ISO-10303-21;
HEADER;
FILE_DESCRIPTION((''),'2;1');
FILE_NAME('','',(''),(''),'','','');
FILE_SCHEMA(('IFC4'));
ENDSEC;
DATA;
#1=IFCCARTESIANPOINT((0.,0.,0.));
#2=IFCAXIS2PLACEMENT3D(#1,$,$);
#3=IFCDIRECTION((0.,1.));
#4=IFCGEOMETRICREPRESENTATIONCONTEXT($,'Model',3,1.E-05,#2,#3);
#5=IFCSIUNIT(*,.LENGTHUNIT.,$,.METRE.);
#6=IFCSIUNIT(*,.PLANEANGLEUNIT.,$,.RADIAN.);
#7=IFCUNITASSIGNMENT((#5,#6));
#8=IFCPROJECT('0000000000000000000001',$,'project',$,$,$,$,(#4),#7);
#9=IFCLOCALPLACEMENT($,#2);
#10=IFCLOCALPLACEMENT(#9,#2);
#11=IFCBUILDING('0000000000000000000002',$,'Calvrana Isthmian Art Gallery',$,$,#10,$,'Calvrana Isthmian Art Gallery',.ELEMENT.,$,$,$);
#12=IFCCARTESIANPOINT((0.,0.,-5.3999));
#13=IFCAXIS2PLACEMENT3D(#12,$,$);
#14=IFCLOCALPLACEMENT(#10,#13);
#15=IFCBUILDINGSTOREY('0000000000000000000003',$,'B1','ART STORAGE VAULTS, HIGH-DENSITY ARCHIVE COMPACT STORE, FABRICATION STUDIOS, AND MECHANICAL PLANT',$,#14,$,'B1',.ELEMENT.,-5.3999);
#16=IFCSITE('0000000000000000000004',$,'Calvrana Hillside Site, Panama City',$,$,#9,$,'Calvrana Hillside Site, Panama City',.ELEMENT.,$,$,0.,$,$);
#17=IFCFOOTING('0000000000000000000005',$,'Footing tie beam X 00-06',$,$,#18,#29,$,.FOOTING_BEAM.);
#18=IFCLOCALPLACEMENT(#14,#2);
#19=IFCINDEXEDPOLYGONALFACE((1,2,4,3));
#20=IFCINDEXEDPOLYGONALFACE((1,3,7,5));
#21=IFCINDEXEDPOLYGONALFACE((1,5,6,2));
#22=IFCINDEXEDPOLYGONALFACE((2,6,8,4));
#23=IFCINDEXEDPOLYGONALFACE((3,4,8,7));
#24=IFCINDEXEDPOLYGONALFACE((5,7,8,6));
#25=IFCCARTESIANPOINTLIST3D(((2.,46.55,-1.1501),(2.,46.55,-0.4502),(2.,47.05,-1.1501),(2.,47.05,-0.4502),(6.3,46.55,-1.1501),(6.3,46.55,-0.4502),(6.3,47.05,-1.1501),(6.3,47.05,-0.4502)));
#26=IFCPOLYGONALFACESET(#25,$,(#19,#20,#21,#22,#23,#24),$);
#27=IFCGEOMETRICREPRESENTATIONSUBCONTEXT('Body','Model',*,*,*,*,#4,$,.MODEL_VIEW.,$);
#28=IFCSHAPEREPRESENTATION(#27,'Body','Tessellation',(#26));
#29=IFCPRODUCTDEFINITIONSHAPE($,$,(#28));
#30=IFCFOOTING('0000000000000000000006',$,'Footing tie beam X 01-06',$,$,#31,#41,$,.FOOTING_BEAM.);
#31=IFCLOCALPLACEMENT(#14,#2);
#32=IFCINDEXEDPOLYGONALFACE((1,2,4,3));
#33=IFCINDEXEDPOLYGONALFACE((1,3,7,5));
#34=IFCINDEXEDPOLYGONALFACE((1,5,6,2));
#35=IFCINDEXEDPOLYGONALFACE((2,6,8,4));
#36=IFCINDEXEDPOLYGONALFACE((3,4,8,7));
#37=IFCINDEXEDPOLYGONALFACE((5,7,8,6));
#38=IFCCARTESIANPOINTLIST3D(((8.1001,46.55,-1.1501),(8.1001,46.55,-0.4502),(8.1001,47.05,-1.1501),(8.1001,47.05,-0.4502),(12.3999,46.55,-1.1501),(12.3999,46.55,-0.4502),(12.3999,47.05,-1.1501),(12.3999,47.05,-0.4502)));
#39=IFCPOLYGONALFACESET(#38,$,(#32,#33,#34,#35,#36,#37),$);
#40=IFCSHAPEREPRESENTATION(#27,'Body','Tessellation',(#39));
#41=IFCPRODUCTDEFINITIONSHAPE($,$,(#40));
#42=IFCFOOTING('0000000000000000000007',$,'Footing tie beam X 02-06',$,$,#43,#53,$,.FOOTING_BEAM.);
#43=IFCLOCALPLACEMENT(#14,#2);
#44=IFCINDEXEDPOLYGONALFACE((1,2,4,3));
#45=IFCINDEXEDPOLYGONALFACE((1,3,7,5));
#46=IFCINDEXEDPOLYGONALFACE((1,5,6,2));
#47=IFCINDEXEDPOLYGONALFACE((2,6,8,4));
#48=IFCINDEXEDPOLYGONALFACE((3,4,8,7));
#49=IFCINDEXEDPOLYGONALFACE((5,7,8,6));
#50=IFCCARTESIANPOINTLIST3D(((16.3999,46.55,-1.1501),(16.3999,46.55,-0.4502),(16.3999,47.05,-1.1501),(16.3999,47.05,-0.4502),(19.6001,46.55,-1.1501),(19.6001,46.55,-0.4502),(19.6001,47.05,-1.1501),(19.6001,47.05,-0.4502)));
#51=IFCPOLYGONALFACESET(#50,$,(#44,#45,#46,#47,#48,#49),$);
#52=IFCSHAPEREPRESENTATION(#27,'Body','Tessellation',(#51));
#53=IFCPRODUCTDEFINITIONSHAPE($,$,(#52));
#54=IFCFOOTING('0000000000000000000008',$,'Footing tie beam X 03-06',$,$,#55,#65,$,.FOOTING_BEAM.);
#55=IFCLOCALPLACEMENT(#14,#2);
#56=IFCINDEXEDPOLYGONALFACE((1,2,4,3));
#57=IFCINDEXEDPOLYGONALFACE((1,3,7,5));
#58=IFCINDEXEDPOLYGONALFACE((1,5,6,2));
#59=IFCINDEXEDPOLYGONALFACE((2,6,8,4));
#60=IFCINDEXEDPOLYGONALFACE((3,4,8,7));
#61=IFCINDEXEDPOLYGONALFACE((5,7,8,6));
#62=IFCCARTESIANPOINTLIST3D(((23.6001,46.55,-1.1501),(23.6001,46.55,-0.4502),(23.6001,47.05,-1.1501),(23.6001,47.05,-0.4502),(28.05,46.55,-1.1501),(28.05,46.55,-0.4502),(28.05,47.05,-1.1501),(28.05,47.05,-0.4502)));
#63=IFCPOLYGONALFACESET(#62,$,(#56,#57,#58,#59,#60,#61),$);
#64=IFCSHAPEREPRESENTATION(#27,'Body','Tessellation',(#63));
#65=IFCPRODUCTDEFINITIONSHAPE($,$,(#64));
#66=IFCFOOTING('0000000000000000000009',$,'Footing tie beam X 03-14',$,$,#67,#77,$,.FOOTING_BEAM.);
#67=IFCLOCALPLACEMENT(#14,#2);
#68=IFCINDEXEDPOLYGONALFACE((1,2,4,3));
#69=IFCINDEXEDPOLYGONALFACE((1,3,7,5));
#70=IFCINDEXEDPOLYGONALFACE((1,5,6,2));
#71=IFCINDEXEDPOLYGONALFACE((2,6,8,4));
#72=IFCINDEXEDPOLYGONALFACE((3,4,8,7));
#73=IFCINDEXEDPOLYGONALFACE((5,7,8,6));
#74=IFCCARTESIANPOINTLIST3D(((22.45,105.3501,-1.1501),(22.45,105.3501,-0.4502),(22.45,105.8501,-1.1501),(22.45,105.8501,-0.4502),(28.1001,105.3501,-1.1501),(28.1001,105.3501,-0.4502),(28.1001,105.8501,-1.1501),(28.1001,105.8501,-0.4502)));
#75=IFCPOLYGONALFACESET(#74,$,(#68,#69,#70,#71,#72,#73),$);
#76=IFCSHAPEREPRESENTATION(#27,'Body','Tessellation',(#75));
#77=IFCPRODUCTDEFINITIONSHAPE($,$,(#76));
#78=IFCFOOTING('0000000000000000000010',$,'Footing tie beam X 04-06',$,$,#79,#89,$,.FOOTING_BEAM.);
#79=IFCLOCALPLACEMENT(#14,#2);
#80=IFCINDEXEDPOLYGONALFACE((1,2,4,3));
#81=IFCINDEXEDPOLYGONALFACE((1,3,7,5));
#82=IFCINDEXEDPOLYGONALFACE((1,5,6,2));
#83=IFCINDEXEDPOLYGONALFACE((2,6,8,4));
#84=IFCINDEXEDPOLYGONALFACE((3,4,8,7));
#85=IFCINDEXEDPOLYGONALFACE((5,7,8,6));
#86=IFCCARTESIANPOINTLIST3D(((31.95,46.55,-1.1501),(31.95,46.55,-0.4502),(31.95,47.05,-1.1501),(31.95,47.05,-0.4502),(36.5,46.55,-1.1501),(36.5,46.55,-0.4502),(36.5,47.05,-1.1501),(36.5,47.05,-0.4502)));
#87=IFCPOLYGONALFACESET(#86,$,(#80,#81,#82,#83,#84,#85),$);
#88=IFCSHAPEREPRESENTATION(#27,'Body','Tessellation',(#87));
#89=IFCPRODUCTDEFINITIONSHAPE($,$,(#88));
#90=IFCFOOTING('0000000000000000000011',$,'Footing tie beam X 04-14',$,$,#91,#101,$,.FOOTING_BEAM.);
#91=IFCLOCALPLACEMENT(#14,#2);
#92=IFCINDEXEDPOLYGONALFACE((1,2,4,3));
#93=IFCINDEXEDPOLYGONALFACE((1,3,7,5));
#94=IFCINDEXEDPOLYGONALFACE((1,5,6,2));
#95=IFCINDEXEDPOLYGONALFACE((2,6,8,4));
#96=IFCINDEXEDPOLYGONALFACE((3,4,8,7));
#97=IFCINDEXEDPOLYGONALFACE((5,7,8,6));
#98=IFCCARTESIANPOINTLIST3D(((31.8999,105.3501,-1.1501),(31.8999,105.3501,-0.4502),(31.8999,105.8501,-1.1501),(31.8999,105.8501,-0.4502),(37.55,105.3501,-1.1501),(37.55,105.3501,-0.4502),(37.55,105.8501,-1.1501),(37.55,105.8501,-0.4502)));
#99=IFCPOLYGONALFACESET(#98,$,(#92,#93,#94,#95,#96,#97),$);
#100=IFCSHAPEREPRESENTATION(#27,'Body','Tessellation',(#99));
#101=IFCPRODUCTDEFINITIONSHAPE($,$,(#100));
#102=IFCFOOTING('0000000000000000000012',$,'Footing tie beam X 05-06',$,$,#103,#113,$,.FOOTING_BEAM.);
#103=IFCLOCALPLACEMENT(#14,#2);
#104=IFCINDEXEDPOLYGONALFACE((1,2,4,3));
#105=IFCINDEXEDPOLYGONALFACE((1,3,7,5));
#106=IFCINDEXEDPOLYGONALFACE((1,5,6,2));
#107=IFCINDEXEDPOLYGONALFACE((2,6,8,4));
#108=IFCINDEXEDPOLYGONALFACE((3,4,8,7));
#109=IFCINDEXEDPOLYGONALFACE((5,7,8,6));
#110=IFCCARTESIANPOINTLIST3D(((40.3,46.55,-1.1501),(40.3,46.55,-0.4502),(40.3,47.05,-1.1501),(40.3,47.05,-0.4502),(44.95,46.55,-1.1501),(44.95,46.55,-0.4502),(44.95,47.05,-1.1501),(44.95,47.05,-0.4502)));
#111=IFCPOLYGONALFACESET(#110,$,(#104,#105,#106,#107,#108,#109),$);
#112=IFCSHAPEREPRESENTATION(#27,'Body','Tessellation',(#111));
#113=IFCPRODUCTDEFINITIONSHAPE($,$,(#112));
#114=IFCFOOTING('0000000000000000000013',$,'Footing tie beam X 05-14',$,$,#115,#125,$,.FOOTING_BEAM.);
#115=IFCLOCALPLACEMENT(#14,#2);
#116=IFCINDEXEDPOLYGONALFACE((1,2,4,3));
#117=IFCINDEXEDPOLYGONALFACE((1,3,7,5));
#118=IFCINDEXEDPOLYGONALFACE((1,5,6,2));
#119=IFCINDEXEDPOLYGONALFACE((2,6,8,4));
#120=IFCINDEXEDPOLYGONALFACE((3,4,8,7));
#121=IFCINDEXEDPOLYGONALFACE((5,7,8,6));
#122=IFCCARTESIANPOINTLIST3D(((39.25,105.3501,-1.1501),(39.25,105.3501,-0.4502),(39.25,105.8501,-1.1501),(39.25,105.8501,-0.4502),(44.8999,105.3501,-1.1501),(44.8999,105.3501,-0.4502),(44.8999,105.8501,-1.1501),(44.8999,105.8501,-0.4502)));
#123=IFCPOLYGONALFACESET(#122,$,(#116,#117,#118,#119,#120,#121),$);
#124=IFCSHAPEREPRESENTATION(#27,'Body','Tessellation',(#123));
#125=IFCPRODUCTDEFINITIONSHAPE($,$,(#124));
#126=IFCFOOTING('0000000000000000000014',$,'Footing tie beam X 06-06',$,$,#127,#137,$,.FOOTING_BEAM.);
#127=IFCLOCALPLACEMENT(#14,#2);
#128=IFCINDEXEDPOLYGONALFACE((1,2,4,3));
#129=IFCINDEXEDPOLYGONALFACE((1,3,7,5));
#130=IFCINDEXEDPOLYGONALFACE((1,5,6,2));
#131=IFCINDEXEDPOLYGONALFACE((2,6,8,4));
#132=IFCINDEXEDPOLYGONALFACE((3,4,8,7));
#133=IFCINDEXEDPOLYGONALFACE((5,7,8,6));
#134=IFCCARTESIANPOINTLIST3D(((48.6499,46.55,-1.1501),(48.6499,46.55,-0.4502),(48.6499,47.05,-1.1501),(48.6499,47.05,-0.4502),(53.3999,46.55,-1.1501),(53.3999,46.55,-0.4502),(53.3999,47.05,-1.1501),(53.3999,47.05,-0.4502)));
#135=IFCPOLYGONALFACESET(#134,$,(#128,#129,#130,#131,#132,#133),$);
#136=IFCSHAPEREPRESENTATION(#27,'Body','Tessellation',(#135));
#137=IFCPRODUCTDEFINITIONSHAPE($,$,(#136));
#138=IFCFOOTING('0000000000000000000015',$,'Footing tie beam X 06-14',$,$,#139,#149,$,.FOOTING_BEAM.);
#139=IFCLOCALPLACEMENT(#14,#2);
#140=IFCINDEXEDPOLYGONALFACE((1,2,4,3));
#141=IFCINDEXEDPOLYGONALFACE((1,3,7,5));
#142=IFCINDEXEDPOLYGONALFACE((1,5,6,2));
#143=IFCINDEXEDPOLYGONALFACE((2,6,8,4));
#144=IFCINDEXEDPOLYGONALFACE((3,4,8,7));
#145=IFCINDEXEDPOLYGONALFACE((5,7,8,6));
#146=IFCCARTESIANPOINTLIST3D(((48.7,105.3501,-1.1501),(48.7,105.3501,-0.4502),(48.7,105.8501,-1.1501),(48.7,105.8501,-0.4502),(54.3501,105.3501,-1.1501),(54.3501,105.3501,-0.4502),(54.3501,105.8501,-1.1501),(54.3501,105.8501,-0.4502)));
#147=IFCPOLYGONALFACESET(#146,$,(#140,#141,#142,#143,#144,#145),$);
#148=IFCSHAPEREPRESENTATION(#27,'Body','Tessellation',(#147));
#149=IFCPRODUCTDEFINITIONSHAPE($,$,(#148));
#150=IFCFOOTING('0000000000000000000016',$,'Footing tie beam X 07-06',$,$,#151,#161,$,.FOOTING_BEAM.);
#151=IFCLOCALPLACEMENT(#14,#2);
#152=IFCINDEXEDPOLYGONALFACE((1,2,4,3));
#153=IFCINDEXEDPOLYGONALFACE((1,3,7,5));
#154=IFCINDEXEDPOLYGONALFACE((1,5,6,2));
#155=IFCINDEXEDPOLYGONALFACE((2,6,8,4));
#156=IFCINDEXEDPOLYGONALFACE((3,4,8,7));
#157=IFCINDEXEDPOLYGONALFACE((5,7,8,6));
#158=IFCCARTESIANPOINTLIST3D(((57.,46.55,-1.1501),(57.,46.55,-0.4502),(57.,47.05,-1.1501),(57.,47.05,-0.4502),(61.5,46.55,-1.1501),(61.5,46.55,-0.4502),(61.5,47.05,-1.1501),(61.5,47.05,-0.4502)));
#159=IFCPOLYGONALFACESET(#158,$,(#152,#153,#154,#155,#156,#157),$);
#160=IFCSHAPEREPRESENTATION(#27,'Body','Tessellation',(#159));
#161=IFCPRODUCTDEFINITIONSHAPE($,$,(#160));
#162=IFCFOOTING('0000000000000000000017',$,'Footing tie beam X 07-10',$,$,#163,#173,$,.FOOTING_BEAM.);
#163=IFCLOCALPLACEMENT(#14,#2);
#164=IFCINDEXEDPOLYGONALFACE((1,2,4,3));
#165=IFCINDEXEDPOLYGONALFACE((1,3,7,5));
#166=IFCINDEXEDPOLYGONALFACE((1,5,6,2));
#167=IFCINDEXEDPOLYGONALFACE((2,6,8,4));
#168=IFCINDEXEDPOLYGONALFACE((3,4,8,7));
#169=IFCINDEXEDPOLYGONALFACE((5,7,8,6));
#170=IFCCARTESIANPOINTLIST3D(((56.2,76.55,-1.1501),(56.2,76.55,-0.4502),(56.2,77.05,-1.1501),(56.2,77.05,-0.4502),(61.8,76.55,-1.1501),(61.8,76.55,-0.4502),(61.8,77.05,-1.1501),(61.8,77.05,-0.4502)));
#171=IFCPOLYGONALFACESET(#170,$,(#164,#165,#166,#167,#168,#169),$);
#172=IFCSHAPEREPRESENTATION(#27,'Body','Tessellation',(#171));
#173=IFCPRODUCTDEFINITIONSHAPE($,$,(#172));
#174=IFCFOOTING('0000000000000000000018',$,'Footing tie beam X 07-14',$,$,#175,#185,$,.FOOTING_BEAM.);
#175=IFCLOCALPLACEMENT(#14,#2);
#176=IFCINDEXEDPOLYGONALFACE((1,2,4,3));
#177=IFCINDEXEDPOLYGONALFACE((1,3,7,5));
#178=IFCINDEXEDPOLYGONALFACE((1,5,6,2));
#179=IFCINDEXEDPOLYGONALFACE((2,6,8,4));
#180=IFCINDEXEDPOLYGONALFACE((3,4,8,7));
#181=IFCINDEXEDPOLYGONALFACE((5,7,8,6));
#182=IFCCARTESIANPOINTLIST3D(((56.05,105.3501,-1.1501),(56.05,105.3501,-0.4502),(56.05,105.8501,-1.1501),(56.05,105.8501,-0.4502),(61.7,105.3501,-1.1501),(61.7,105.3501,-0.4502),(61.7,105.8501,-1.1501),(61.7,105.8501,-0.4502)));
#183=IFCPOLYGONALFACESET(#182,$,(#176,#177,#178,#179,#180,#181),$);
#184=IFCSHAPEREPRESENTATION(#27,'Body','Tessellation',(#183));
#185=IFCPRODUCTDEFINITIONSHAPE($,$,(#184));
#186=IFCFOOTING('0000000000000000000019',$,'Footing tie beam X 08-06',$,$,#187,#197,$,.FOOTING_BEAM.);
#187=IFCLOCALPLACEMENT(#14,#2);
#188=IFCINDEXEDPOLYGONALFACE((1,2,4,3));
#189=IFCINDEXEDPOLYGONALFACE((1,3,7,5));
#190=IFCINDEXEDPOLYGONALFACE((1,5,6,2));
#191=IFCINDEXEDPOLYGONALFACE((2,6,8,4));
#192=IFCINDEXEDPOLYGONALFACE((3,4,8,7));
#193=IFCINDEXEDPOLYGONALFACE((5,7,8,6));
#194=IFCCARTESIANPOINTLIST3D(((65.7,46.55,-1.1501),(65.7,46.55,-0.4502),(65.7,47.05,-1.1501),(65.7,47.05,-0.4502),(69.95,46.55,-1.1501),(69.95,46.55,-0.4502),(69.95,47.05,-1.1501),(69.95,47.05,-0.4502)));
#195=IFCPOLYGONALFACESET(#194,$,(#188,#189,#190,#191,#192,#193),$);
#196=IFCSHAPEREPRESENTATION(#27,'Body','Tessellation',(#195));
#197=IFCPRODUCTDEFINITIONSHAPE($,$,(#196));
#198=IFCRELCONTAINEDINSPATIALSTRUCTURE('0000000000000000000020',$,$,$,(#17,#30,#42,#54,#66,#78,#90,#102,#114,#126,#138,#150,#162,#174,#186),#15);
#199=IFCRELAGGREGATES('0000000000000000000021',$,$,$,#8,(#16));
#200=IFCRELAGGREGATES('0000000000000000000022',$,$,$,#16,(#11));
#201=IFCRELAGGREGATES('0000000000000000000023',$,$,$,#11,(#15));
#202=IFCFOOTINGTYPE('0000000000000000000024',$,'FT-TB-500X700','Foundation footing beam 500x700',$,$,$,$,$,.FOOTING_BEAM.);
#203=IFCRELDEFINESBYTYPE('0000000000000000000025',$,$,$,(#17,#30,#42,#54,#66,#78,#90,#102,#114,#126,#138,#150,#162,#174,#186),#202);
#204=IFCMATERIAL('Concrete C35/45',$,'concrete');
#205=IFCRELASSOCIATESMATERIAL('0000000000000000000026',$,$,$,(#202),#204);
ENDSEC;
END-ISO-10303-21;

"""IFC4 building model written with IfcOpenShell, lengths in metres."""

from ifc_helpers import new_model, si_unit, direction, frame, origin, place, context, subcontext, project, spatial, polyline, outline, extrude, material, type_object, element, save


model = new_model("IFC4")

# Units and contexts
model_context = context("Model", 3, precision=1e-05, world=origin(), true_north=direction((0.0, 1.0)))
body_context = subcontext(model_context, "Body", "Model", "MODEL_VIEW")
ifc_project = project(units=[si_unit("LENGTHUNIT", "METRE"), si_unit("PLANEANGLEUNIT", "RADIAN")], contexts=[model_context])

# Site, building, storey
site_placement = place(None, origin())
site = spatial("IfcSite", under=ifc_project, at=site_placement, Name="Calvrana Hillside Site, Panama City", LongName="Calvrana Hillside Site, Panama City", CompositionType="ELEMENT", RefElevation=0.0)
building_placement = place(site_placement, origin())
building = spatial("IfcBuilding", under=site, at=building_placement, Name="Calvrana Isthmian Art Gallery", LongName="Calvrana Isthmian Art Gallery", CompositionType="ELEMENT")
storey_placement = place(building_placement, frame((0.0, 0.0, -5.3999)))
storey = spatial("IfcBuildingStorey", under=building, at=storey_placement, Name="B1", Description="ART STORAGE VAULTS, HIGH-DENSITY ARCHIVE COMPACT STORE, FABRICATION STUDIOS, AND MECHANICAL PLANT", LongName="B1", CompositionType="ELEMENT", Elevation=-5.3999)

# Footings
ifc_material = material(Name="Concrete C35/45", Category="concrete")
footing_type_1 = type_object("IfcFootingType", Name="FT-TB-500X700", Description="Foundation footing beam 500x700", PredefinedType="FOOTING_BEAM", material=ifc_material)
footing_1_placement = place(storey_placement, frame((0.0, 0.0, -1.1501)))
element("IfcFooting", 1, at=footing_1_placement, inside=storey, type_object=footing_type_1, Name="Footing tie beam X 00-06", PredefinedType="FOOTING_BEAM", context=body_context, shape_type="SweptSolid", body=[
    extrude(outline(polyline([(2.0, 46.55), (6.3, 46.55), (6.3, 47.05), (2.0, 47.05), (2.0, 46.55)])), origin(), (0.0, 0.0, 1.0), 0.7),
])
footing_2_placement = place(storey_placement, frame((0.0, 0.0, -1.1501)))
element("IfcFooting", 2, at=footing_2_placement, inside=storey, type_object=footing_type_1, Name="Footing tie beam X 01-06", PredefinedType="FOOTING_BEAM", context=body_context, shape_type="SweptSolid", body=[
    extrude(outline(polyline([(8.1001, 46.55), (12.3999, 46.55), (12.3999, 47.05), (8.1001, 47.05), (8.1001, 46.55)])), origin(), (0.0, 0.0, 1.0), 0.7),
])
footing_3_placement = place(storey_placement, frame((0.0, 0.0, -1.1501)))
element("IfcFooting", 3, at=footing_3_placement, inside=storey, type_object=footing_type_1, Name="Footing tie beam X 02-06", PredefinedType="FOOTING_BEAM", context=body_context, shape_type="SweptSolid", body=[
    extrude(outline(polyline([(16.3999, 46.55), (19.6001, 46.55), (19.6001, 47.05), (16.3999, 47.05), (16.3999, 46.55)])), origin(), (0.0, 0.0, 1.0), 0.7),
])
footing_4_placement = place(storey_placement, frame((0.0, 0.0, -1.1501)))
element("IfcFooting", 4, at=footing_4_placement, inside=storey, type_object=footing_type_1, Name="Footing tie beam X 03-06", PredefinedType="FOOTING_BEAM", context=body_context, shape_type="SweptSolid", body=[
    extrude(outline(polyline([(23.6001, 46.55), (28.05, 46.55), (28.05, 47.05), (23.6001, 47.05), (23.6001, 46.55)])), origin(), (0.0, 0.0, 1.0), 0.7),
])
footing_5_placement = place(storey_placement, frame((0.0, 0.0, -1.1501)))
element("IfcFooting", 5, at=footing_5_placement, inside=storey, type_object=footing_type_1, Name="Footing tie beam X 03-14", PredefinedType="FOOTING_BEAM", context=body_context, shape_type="SweptSolid", body=[
    extrude(outline(polyline([(22.45, 105.3501), (28.1001, 105.3501), (28.1001, 105.8501), (22.45, 105.8501), (22.45, 105.3501)])), origin(), (0.0, 0.0, 1.0), 0.7),
])
footing_6_placement = place(storey_placement, frame((0.0, 0.0, -1.1501)))
element("IfcFooting", 6, at=footing_6_placement, inside=storey, type_object=footing_type_1, Name="Footing tie beam X 04-06", PredefinedType="FOOTING_BEAM", context=body_context, shape_type="SweptSolid", body=[
    extrude(outline(polyline([(31.95, 46.55), (36.5, 46.55), (36.5, 47.05), (31.95, 47.05), (31.95, 46.55)])), origin(), (0.0, 0.0, 1.0), 0.7),
])
footing_7_placement = place(storey_placement, frame((0.0, 0.0, -1.1501)))
element("IfcFooting", 7, at=footing_7_placement, inside=storey, type_object=footing_type_1, Name="Footing tie beam X 04-14", PredefinedType="FOOTING_BEAM", context=body_context, shape_type="SweptSolid", body=[
    extrude(outline(polyline([(31.8999, 105.3501), (37.55, 105.3501), (37.55, 105.8501), (31.8999, 105.8501), (31.8999, 105.3501)])), origin(), (0.0, 0.0, 1.0), 0.7),
])
footing_8_placement = place(storey_placement, frame((0.0, 0.0, -1.1501)))
element("IfcFooting", 8, at=footing_8_placement, inside=storey, type_object=footing_type_1, Name="Footing tie beam X 05-06", PredefinedType="FOOTING_BEAM", context=body_context, shape_type="SweptSolid", body=[
    extrude(outline(polyline([(40.3, 46.55), (44.95, 46.55), (44.95, 47.05), (40.3, 47.05), (40.3, 46.55)])), origin(), (0.0, 0.0, 1.0), 0.7),
])
footing_9_placement = place(storey_placement, frame((0.0, 0.0, -1.1501)))
element("IfcFooting", 9, at=footing_9_placement, inside=storey, type_object=footing_type_1, Name="Footing tie beam X 05-14", PredefinedType="FOOTING_BEAM", context=body_context, shape_type="SweptSolid", body=[
    extrude(outline(polyline([(39.25, 105.3501), (44.8999, 105.3501), (44.8999, 105.8501), (39.25, 105.8501), (39.25, 105.3501)])), origin(), (0.0, 0.0, 1.0), 0.7),
])
footing_10_placement = place(storey_placement, frame((0.0, 0.0, -1.1501)))
element("IfcFooting", 10, at=footing_10_placement, inside=storey, type_object=footing_type_1, Name="Footing tie beam X 06-06", PredefinedType="FOOTING_BEAM", context=body_context, shape_type="SweptSolid", body=[
    extrude(outline(polyline([(48.6499, 46.55), (53.3999, 46.55), (53.3999, 47.05), (48.6499, 47.05), (48.6499, 46.55)])), origin(), (0.0, 0.0, 1.0), 0.7),
])
footing_11_placement = place(storey_placement, frame((0.0, 0.0, -1.1501)))
element("IfcFooting", 11, at=footing_11_placement, inside=storey, type_object=footing_type_1, Name="Footing tie beam X 06-14", PredefinedType="FOOTING_BEAM", context=body_context, shape_type="SweptSolid", body=[
    extrude(outline(polyline([(48.7, 105.3501), (54.3501, 105.3501), (54.3501, 105.8501), (48.7, 105.8501), (48.7, 105.3501)])), origin(), (0.0, 0.0, 1.0), 0.7),
])
footing_12_placement = place(storey_placement, frame((0.0, 0.0, -1.1501)))
element("IfcFooting", 12, at=footing_12_placement, inside=storey, type_object=footing_type_1, Name="Footing tie beam X 07-06", PredefinedType="FOOTING_BEAM", context=body_context, shape_type="SweptSolid", body=[
    extrude(outline(polyline([(57.0, 46.55), (61.5, 46.55), (61.5, 47.05), (57.0, 47.05), (57.0, 46.55)])), origin(), (0.0, 0.0, 1.0), 0.7),
])
footing_13_placement = place(storey_placement, frame((0.0, 0.0, -1.1501)))
element("IfcFooting", 13, at=footing_13_placement, inside=storey, type_object=footing_type_1, Name="Footing tie beam X 07-10", PredefinedType="FOOTING_BEAM", context=body_context, shape_type="SweptSolid", body=[
    extrude(outline(polyline([(56.2, 76.55), (61.8, 76.55), (61.8, 77.05), (56.2, 77.05), (56.2, 76.55)])), origin(), (0.0, 0.0, 1.0), 0.7),
])
footing_14_placement = place(storey_placement, frame((0.0, 0.0, -1.1501)))
element("IfcFooting", 14, at=footing_14_placement, inside=storey, type_object=footing_type_1, Name="Footing tie beam X 07-14", PredefinedType="FOOTING_BEAM", context=body_context, shape_type="SweptSolid", body=[
    extrude(outline(polyline([(56.05, 105.3501), (61.7, 105.3501), (61.7, 105.8501), (56.05, 105.8501), (56.05, 105.3501)])), origin(), (0.0, 0.0, 1.0), 0.7),
])
footing_15_placement = place(storey_placement, frame((0.0, 0.0, -1.1501)))
element("IfcFooting", 15, at=footing_15_placement, inside=storey, type_object=footing_type_1, Name="Footing tie beam X 08-06", PredefinedType="FOOTING_BEAM", context=body_context, shape_type="SweptSolid", body=[
    extrude(outline(polyline([(65.7, 46.55), (69.95, 46.55), (69.95, 47.05), (65.7, 47.05), (65.7, 46.55)])), origin(), (0.0, 0.0, 1.0), 0.7),
])

save(model, "model.ifc")
